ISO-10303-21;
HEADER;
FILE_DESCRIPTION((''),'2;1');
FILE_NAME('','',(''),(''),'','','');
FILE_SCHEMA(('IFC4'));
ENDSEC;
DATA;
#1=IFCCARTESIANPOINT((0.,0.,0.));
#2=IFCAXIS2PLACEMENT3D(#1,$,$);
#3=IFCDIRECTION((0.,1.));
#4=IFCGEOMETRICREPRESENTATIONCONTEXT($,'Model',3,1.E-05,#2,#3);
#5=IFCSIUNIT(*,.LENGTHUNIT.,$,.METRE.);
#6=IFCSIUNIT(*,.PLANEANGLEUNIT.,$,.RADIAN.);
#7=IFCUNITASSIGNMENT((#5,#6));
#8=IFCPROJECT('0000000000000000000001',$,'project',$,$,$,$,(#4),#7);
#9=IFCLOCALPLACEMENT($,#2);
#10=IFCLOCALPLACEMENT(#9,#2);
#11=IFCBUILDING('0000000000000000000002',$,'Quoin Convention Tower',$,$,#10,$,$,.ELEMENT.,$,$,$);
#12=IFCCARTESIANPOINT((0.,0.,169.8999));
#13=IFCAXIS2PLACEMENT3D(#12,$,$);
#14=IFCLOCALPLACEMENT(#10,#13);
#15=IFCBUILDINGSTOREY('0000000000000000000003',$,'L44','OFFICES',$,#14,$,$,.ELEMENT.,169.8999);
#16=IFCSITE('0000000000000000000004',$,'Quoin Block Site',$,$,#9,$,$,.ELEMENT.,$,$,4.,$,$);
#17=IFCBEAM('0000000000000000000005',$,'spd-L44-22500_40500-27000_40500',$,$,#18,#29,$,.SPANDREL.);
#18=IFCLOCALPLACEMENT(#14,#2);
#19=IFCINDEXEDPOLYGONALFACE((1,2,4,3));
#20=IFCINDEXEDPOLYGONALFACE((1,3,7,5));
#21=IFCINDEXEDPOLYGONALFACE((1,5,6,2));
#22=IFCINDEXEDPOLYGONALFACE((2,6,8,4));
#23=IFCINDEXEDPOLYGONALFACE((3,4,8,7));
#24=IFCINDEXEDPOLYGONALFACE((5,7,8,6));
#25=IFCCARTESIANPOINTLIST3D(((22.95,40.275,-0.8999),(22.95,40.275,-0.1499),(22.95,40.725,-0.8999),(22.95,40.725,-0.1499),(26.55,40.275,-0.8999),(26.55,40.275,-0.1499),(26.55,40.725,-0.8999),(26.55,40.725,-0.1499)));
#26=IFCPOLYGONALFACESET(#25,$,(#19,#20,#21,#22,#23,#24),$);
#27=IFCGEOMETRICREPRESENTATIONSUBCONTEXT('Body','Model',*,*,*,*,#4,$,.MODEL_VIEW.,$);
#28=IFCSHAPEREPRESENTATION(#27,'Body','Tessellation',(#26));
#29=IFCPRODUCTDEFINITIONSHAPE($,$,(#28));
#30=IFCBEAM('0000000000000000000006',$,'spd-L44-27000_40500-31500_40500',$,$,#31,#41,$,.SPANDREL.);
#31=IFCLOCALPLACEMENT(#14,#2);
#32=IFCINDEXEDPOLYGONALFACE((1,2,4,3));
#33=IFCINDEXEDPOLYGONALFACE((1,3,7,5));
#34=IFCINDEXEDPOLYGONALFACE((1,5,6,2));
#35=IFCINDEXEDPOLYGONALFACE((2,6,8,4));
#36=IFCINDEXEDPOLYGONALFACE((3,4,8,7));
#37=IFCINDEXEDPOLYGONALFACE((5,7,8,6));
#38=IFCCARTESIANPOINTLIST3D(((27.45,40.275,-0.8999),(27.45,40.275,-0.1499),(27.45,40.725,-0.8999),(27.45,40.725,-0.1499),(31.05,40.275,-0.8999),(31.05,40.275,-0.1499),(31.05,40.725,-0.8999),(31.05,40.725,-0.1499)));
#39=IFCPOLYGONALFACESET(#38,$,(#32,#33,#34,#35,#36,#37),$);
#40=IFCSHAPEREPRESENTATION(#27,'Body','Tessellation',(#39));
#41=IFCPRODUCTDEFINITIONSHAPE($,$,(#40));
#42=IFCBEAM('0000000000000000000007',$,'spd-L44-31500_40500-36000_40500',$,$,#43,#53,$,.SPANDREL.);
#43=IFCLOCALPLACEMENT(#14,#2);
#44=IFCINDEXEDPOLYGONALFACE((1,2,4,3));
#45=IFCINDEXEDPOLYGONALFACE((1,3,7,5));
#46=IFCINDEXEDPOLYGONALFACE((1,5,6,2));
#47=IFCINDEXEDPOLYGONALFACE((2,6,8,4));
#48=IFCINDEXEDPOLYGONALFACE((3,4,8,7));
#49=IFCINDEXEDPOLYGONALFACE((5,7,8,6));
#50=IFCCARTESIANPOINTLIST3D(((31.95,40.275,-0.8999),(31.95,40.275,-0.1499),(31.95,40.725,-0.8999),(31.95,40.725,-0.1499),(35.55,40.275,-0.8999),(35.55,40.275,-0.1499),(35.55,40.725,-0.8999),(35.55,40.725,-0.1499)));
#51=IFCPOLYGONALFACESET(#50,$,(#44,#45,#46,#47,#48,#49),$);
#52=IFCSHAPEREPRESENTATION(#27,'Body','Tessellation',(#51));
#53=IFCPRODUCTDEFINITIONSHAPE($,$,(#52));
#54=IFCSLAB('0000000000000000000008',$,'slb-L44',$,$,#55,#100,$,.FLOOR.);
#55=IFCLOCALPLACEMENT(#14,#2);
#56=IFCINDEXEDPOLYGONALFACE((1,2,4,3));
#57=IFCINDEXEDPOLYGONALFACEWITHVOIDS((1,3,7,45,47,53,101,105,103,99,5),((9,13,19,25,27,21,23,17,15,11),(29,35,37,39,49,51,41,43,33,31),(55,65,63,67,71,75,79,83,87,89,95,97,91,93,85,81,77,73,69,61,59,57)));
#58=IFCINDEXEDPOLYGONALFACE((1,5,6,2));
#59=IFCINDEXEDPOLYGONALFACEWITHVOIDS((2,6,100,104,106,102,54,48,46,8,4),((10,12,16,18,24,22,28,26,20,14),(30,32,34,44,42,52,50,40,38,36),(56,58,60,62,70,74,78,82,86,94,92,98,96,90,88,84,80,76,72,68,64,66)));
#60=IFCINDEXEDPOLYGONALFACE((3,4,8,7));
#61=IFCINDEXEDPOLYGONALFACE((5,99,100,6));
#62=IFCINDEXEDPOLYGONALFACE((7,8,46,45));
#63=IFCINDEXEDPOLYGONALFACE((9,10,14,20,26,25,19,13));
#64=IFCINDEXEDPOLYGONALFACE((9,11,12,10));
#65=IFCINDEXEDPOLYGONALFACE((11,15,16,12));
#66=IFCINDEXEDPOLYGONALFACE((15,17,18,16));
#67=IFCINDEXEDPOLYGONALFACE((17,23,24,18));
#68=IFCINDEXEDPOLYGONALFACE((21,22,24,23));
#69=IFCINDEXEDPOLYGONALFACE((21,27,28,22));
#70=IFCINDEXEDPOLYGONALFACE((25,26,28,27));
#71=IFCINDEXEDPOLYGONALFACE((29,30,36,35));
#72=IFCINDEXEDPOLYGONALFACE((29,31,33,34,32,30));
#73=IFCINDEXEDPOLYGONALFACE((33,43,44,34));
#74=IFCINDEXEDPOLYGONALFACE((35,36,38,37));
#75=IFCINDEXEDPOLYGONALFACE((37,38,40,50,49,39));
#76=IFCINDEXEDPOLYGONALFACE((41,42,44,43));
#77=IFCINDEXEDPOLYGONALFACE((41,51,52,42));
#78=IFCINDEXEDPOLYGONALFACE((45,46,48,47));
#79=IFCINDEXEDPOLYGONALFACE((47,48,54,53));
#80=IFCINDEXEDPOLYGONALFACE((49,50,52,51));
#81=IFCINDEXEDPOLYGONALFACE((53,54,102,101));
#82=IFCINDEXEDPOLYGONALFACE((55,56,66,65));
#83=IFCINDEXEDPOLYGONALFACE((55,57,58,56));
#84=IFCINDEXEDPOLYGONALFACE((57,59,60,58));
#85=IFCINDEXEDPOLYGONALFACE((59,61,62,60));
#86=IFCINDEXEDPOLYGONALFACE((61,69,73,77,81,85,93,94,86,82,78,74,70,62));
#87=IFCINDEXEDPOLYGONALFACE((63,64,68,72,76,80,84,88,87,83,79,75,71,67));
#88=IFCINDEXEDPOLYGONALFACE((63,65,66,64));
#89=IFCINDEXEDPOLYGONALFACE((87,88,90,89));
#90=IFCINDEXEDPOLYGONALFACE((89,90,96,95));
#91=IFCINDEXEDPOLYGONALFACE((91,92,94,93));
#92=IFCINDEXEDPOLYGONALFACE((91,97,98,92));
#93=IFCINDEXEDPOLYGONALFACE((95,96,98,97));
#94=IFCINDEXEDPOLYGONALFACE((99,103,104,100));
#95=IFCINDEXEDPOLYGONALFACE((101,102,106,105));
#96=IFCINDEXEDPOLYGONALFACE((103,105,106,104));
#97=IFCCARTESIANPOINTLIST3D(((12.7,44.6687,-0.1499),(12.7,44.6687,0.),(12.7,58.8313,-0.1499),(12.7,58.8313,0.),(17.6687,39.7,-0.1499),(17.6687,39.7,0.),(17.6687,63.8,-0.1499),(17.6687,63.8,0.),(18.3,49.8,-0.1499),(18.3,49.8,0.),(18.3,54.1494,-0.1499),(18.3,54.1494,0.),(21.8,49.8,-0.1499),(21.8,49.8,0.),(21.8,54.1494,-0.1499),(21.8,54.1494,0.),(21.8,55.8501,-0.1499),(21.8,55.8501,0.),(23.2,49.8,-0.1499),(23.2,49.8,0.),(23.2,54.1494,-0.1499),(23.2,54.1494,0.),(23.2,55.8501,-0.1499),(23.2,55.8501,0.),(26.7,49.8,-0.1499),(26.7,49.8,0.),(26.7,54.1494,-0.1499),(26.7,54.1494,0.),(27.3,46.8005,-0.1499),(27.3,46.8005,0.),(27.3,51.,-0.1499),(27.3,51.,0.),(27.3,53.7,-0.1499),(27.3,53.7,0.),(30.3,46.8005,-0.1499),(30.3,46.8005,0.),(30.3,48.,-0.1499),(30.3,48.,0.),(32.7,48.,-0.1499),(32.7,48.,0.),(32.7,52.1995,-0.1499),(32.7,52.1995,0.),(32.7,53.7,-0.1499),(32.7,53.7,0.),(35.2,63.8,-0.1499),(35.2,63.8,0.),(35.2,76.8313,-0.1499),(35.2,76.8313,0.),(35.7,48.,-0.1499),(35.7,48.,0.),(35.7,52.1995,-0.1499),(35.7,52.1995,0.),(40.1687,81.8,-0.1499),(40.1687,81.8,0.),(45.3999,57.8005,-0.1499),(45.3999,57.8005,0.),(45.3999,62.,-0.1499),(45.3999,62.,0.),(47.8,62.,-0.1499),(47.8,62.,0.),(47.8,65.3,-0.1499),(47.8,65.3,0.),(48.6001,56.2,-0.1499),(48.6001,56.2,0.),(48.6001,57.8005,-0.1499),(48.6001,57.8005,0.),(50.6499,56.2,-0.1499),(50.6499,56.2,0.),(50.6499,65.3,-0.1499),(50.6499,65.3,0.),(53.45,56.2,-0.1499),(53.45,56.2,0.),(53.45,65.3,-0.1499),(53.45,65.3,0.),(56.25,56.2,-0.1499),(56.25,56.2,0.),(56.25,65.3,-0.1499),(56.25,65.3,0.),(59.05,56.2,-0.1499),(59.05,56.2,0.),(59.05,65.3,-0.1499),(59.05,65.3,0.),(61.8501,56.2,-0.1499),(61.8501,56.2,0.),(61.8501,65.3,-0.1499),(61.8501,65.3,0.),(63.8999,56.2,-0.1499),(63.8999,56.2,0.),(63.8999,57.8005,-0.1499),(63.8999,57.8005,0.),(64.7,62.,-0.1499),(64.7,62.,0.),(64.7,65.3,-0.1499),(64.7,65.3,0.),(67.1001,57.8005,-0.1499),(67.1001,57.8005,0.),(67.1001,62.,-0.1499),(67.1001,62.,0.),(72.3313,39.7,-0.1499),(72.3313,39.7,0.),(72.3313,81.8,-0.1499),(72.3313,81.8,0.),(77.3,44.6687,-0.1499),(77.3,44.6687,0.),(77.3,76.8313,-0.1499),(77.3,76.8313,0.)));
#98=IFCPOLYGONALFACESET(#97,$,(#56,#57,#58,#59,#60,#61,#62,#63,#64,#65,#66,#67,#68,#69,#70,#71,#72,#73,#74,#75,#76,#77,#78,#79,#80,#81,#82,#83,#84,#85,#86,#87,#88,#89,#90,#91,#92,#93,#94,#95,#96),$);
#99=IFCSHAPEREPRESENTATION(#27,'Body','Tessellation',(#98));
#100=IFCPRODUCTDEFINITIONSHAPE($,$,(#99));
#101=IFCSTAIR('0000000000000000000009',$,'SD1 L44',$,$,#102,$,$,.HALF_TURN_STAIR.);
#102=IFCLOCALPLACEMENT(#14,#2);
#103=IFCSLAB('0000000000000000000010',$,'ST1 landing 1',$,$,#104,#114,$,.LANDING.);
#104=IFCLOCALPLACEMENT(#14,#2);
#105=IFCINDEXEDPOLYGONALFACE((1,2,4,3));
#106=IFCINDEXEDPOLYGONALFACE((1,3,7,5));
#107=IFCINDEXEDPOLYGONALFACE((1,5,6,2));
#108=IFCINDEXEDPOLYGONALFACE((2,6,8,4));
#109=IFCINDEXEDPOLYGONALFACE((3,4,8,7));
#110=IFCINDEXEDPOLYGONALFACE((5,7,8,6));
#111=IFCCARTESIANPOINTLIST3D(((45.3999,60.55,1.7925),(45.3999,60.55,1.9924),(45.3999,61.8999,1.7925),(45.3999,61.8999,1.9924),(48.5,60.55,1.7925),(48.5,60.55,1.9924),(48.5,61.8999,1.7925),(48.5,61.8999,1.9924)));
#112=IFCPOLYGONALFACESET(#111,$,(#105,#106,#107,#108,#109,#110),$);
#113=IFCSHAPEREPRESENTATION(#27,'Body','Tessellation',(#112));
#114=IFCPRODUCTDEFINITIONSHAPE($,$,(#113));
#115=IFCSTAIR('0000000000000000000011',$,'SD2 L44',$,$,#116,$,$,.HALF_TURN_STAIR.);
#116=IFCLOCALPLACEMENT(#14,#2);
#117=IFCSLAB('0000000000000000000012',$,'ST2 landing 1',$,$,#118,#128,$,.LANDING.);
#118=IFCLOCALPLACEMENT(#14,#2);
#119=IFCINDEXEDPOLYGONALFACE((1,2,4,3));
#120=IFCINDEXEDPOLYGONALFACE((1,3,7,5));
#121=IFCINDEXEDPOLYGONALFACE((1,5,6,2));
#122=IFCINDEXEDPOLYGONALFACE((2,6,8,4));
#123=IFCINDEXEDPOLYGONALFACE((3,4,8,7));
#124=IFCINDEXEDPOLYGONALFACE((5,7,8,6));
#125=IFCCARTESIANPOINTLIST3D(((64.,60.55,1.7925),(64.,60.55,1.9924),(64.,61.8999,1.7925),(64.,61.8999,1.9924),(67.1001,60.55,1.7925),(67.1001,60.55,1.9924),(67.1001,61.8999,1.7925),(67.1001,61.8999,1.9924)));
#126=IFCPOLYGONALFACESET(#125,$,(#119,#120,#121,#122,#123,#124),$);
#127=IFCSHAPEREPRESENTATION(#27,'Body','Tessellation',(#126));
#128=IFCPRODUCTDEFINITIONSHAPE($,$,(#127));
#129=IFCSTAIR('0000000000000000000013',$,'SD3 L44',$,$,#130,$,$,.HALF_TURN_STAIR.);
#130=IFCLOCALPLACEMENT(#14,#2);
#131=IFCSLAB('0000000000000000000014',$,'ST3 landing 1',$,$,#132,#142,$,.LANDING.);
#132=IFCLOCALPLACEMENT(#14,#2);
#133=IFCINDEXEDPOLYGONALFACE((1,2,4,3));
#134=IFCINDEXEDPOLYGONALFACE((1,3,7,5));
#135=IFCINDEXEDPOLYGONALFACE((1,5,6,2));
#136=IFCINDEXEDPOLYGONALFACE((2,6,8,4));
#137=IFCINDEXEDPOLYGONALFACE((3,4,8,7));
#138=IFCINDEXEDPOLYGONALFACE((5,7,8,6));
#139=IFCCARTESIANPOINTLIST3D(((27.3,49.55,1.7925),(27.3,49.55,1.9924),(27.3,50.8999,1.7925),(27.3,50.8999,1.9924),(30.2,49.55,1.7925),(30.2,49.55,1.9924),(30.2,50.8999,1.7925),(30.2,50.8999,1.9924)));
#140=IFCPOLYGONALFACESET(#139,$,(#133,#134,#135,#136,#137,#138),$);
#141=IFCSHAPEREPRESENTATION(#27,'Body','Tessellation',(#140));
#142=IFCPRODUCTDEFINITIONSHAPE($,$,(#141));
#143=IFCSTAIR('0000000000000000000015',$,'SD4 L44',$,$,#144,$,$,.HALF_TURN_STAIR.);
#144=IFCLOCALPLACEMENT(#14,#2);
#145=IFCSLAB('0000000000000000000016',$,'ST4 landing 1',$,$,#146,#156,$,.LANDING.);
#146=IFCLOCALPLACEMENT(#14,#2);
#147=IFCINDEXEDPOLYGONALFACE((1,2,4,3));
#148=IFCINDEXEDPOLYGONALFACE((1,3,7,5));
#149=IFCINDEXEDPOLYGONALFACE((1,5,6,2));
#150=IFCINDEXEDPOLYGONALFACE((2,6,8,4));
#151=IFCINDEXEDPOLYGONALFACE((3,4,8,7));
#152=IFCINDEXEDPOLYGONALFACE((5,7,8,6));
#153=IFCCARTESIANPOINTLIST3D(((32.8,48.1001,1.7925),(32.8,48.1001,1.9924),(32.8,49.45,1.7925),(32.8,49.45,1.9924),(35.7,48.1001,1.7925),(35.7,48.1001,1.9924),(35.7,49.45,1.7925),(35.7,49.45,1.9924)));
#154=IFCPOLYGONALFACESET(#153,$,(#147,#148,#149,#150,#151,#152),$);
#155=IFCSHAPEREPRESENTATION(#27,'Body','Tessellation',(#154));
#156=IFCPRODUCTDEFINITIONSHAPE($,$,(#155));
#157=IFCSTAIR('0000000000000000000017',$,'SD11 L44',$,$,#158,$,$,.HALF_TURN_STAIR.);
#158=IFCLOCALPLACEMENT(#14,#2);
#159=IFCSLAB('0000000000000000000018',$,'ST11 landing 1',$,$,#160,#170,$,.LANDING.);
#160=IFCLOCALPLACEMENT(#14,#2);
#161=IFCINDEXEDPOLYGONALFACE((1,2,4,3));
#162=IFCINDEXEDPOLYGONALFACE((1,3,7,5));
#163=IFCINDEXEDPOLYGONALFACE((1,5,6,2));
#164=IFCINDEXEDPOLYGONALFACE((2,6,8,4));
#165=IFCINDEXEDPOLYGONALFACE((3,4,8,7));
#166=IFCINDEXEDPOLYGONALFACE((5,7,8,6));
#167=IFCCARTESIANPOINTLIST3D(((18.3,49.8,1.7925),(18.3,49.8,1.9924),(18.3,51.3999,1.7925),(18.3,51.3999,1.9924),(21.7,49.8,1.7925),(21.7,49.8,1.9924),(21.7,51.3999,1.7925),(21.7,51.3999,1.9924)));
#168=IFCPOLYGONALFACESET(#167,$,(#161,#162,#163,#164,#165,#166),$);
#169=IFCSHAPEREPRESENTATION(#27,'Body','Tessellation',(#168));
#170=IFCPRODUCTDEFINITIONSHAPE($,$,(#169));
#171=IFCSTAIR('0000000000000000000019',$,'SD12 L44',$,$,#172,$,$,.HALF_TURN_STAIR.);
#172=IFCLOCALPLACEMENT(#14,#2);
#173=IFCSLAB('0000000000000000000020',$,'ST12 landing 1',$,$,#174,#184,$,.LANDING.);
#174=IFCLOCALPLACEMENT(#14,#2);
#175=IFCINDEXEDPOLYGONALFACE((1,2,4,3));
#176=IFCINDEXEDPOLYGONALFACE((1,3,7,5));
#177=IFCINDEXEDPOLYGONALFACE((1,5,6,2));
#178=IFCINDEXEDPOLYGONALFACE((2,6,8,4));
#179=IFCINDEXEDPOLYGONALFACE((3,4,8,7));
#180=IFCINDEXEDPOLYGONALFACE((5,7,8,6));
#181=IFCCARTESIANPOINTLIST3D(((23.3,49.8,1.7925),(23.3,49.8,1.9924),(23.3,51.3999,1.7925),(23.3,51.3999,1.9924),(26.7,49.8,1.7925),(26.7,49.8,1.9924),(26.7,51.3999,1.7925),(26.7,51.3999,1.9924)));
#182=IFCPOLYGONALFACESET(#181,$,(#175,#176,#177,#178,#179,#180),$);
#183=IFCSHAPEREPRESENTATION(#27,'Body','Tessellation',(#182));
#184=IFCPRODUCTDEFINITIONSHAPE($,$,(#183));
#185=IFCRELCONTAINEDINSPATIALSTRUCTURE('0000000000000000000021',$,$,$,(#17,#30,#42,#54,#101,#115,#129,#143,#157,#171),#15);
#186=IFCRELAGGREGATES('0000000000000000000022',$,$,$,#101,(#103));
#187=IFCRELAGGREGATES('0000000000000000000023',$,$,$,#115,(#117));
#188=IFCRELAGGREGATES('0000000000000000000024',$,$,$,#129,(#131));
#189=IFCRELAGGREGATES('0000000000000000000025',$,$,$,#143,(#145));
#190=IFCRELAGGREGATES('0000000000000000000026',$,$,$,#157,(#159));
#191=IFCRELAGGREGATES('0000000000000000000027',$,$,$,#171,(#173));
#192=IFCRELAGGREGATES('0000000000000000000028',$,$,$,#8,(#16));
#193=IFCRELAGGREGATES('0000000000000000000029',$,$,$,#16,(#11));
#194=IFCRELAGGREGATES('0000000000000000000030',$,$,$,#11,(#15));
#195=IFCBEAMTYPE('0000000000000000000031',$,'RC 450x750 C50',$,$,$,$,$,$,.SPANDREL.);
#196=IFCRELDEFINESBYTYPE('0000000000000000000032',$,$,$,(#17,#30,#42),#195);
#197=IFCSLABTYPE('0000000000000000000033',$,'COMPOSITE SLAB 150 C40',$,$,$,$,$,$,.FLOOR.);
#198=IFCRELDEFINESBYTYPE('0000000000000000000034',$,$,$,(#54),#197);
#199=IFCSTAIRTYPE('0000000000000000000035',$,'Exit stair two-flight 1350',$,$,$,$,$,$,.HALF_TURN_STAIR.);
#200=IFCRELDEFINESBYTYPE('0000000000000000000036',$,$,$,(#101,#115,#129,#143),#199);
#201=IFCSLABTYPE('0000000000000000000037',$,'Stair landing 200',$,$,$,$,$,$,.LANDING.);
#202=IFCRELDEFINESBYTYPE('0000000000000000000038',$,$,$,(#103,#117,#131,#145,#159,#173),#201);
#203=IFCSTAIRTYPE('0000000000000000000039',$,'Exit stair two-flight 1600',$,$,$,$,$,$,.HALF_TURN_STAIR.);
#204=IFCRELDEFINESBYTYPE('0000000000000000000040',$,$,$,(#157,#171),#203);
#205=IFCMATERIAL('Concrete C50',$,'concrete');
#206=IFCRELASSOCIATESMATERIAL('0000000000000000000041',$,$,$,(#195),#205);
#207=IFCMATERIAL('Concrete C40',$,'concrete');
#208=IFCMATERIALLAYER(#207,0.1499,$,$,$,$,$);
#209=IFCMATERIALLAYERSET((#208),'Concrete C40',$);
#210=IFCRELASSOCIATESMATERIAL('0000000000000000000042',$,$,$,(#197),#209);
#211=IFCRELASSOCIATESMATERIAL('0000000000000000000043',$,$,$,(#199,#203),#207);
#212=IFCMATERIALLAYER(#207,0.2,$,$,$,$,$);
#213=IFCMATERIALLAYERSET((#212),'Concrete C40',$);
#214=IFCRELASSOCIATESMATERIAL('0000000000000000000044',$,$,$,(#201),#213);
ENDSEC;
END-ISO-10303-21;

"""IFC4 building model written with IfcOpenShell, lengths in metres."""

from ifc_helpers import new_model, si_unit, direction, frame, origin, origin_2d, place, context, subcontext, project, spatial, polyline, rectangle, outline, extrude, material, layer, layer_set, material_profile, profile_set, type_object, element, aggregate, save


model = new_model("IFC4")

# Units and contexts
model_context = context("Model", 3, precision=1e-05, world=origin(), true_north=direction((0.0, 1.0)))
body_context = subcontext(model_context, "Body", "Model", "MODEL_VIEW")
ifc_project = project(units=[si_unit("LENGTHUNIT", "METRE"), si_unit("PLANEANGLEUNIT", "RADIAN")], contexts=[model_context])

# Site, building, storey
site_placement = place(None, origin())
site = spatial("IfcSite", under=ifc_project, at=site_placement, Name="Quoin Block Site", CompositionType="ELEMENT", RefElevation=4.0)
building_placement = place(site_placement, origin())
building = spatial("IfcBuilding", under=site, at=building_placement, Name="Quoin Convention Tower", CompositionType="ELEMENT")
storey_placement = place(building_placement, frame((0.0, 0.0, 169.8999)))
storey = spatial("IfcBuildingStorey", under=building, at=storey_placement, Name="L44", Description="OFFICES", CompositionType="ELEMENT", Elevation=169.8999)

# Shared definitions
ifc_material_1 = material(Name="Concrete C50", Category="concrete")

# Beams
ifc_material_profile_1 = material_profile(ifc_material_1, rectangle(XDim=0.45, YDim=0.75, at=origin_2d()), Name="RC 450x750")
ifc_profile_set_1 = profile_set([ifc_material_profile_1], Name="Concrete C50")
beam_type_1 = type_object("IfcBeamType", Name="RC 450x750 C50", PredefinedType="SPANDREL", material=ifc_profile_set_1)
for number, where, z_axis, x_axis, name in (
    (1, (22.95, 40.5, -0.5249), (1.0, 0.0, 0.0), (0.0, 1.0, 0.0), "spd-L44-22500_40500-27000_40500"),
    (2, (27.45, 40.5, -0.5249), (1.0, 0.0, 0.0), (0.0, 1.0, 0.0), "spd-L44-27000_40500-31500_40500"),
    (3, (31.95, 40.5, -0.5249), (1.0, 0.0, 0.0), (0.0, 1.0, 0.0), "spd-L44-31500_40500-36000_40500"),
):
    element("IfcBeam", number, at=place(storey_placement, frame(where, z_axis=z_axis, x_axis=x_axis)), inside=storey, type_object=beam_type_1, Name=name, PredefinedType="SPANDREL", context=body_context, shape_type="SweptSolid", body=[
        extrude(rectangle(XDim=0.45, YDim=0.75, at=origin_2d()), origin(), (0.0, 0.0, 1.0), 3.6001),
    ])

# Slab
ifc_material_2 = material(Name="Concrete C40", Category="concrete")
ifc_layer_1 = layer(ifc_material_2, 0.1499)
ifc_layer_set_1 = layer_set([ifc_layer_1], Name="Concrete C40")
slab_type_1 = type_object("IfcSlabType", Name="COMPOSITE SLAB 150 C40", PredefinedType="FLOOR", material=ifc_layer_set_1)
slab_1_placement = place(storey_placement, frame((0.0, 0.0, -0.1499)))
element("IfcSlab", 4, at=slab_1_placement, inside=storey, type_object=slab_type_1, Name="slb-L44", PredefinedType="FLOOR", context=body_context, shape_type="SweptSolid", body=[
    extrude(outline(polyline([(17.6687, 39.7), (12.7, 44.6687), (12.7, 58.8313), (17.6687, 63.8), (35.2, 63.8), (35.2, 76.8313), (40.1687, 81.8), (72.3313, 81.8), (77.3, 76.8313), (77.3, 44.6687), (72.3313, 39.7), (17.6687, 39.7)]), holes=[polyline([(27.3, 51.0), (27.3, 46.8005), (30.3, 46.8005), (30.3, 48.0), (32.7, 48.0), (35.7, 48.0), (35.7, 52.1995), (32.7, 52.1995), (32.7, 53.7), (27.3, 53.7), (27.3, 51.0)]), polyline([(18.3, 49.8), (21.8, 49.8), (23.2, 49.8), (26.7, 49.8), (26.7, 54.1494), (23.2, 54.1494), (23.2, 55.8501), (21.8, 55.8501), (21.8, 54.1494), (18.3, 54.1494), (18.3, 49.8)]), polyline([(48.6001, 56.2), (50.6499, 56.2), (53.45, 56.2), (56.25, 56.2), (59.05, 56.2), (61.8501, 56.2), (63.8999, 56.2), (63.8999, 57.8005), (67.1001, 57.8005), (67.1001, 62.0), (64.7, 62.0), (64.7, 65.3), (61.8501, 65.3), (59.05, 65.3), (56.25, 65.3), (53.45, 65.3), (50.6499, 65.3), (47.8, 65.3), (47.8, 62.0), (45.3999, 62.0), (45.3999, 57.8005), (48.6001, 57.8005), (48.6001, 56.2)])]), origin(), (0.0, 0.0, 1.0), 0.1499),
])

# Stairs, slabs
stair_type_1 = type_object("IfcStairType", Name="Exit stair two-flight 1350", PredefinedType="HALF_TURN_STAIR", material=ifc_material_2)
stair_1_placement = place(storey_placement, origin())
stair_1 = element("IfcStair", 5, at=stair_1_placement, inside=storey, type_object=stair_type_1, Name="SD1 L44", PredefinedType="HALF_TURN_STAIR")
ifc_layer_2 = layer(ifc_material_2, 0.2)
ifc_layer_set_2 = layer_set([ifc_layer_2], Name="Concrete C40")
slab_type_2 = type_object("IfcSlabType", Name="Stair landing 200", PredefinedType="LANDING", material=ifc_layer_set_2)
slab_2_placement = place(storey_placement, frame((0.0, 0.0, 1.7925)))
slab_2 = element("IfcSlab", 6, at=slab_2_placement, type_object=slab_type_2, Name="ST1 landing 1", PredefinedType="LANDING", context=body_context, shape_type="SweptSolid", body=[
    extrude(outline(polyline([(45.3999, 60.55), (48.5, 60.55), (48.5, 61.8999), (45.3999, 61.8999), (45.3999, 60.55)])), origin(), (0.0, 0.0, 1.0), 0.2),
])
aggregate(stair_1, [slab_2])
stair_2_placement = place(storey_placement, origin())
stair_2 = element("IfcStair", 7, at=stair_2_placement, inside=storey, type_object=stair_type_1, Name="SD2 L44", PredefinedType="HALF_TURN_STAIR")
slab_3_placement = place(storey_placement, frame((0.0, 0.0, 1.7925)))
slab_3 = element("IfcSlab", 8, at=slab_3_placement, type_object=slab_type_2, Name="ST2 landing 1", PredefinedType="LANDING", context=body_context, shape_type="SweptSolid", body=[
    extrude(outline(polyline([(64.0, 60.55), (67.1001, 60.55), (67.1001, 61.8999), (64.0, 61.8999), (64.0, 60.55)])), origin(), (0.0, 0.0, 1.0), 0.2),
])
aggregate(stair_2, [slab_3])
stair_3_placement = place(storey_placement, origin())
stair_3 = element("IfcStair", 9, at=stair_3_placement, inside=storey, type_object=stair_type_1, Name="SD3 L44", PredefinedType="HALF_TURN_STAIR")
slab_4_placement = place(storey_placement, frame((0.0, 0.0, 1.7925)))
slab_4 = element("IfcSlab", 10, at=slab_4_placement, type_object=slab_type_2, Name="ST3 landing 1", PredefinedType="LANDING", context=body_context, shape_type="SweptSolid", body=[
    extrude(outline(polyline([(27.3, 49.55), (30.2, 49.55), (30.2, 50.8999), (27.3, 50.8999), (27.3, 49.55)])), origin(), (0.0, 0.0, 1.0), 0.2),
])
aggregate(stair_3, [slab_4])
stair_4_placement = place(storey_placement, origin())
stair_4 = element("IfcStair", 11, at=stair_4_placement, inside=storey, type_object=stair_type_1, Name="SD4 L44", PredefinedType="HALF_TURN_STAIR")
slab_5_placement = place(storey_placement, frame((0.0, 0.0, 1.7925)))
slab_5 = element("IfcSlab", 12, at=slab_5_placement, type_object=slab_type_2, Name="ST4 landing 1", PredefinedType="LANDING", context=body_context, shape_type="SweptSolid", body=[
    extrude(outline(polyline([(35.7, 49.45), (32.8, 49.45), (32.8, 48.1001), (35.7, 48.1001), (35.7, 49.45)])), origin(), (0.0, 0.0, 1.0), 0.2),
])
aggregate(stair_4, [slab_5])
stair_type_2 = type_object("IfcStairType", Name="Exit stair two-flight 1600", PredefinedType="HALF_TURN_STAIR", material=ifc_material_2)
stair_5_placement = place(storey_placement, origin())
stair_5 = element("IfcStair", 13, at=stair_5_placement, inside=storey, type_object=stair_type_2, Name="SD11 L44", PredefinedType="HALF_TURN_STAIR")
slab_6_placement = place(storey_placement, frame((0.0, 0.0, 1.7925)))
slab_6 = element("IfcSlab", 14, at=slab_6_placement, type_object=slab_type_2, Name="ST11 landing 1", PredefinedType="LANDING", context=body_context, shape_type="SweptSolid", body=[
    extrude(outline(polyline([(21.7, 51.3999), (18.3, 51.3999), (18.3, 49.8), (21.7, 49.8), (21.7, 51.3999)])), origin(), (0.0, 0.0, 1.0), 0.2),
])
aggregate(stair_5, [slab_6])
stair_6_placement = place(storey_placement, origin())
stair_6 = element("IfcStair", 15, at=stair_6_placement, inside=storey, type_object=stair_type_2, Name="SD12 L44", PredefinedType="HALF_TURN_STAIR")
slab_7_placement = place(storey_placement, frame((0.0, 0.0, 1.7925)))
slab_7 = element("IfcSlab", 16, at=slab_7_placement, type_object=slab_type_2, Name="ST12 landing 1", PredefinedType="LANDING", context=body_context, shape_type="SweptSolid", body=[
    extrude(outline(polyline([(26.7, 51.3999), (23.3, 51.3999), (23.3, 49.8), (26.7, 49.8), (26.7, 51.3999)])), origin(), (0.0, 0.0, 1.0), 0.2),
])
aggregate(stair_6, [slab_7])

save(model, "model.ifc")
